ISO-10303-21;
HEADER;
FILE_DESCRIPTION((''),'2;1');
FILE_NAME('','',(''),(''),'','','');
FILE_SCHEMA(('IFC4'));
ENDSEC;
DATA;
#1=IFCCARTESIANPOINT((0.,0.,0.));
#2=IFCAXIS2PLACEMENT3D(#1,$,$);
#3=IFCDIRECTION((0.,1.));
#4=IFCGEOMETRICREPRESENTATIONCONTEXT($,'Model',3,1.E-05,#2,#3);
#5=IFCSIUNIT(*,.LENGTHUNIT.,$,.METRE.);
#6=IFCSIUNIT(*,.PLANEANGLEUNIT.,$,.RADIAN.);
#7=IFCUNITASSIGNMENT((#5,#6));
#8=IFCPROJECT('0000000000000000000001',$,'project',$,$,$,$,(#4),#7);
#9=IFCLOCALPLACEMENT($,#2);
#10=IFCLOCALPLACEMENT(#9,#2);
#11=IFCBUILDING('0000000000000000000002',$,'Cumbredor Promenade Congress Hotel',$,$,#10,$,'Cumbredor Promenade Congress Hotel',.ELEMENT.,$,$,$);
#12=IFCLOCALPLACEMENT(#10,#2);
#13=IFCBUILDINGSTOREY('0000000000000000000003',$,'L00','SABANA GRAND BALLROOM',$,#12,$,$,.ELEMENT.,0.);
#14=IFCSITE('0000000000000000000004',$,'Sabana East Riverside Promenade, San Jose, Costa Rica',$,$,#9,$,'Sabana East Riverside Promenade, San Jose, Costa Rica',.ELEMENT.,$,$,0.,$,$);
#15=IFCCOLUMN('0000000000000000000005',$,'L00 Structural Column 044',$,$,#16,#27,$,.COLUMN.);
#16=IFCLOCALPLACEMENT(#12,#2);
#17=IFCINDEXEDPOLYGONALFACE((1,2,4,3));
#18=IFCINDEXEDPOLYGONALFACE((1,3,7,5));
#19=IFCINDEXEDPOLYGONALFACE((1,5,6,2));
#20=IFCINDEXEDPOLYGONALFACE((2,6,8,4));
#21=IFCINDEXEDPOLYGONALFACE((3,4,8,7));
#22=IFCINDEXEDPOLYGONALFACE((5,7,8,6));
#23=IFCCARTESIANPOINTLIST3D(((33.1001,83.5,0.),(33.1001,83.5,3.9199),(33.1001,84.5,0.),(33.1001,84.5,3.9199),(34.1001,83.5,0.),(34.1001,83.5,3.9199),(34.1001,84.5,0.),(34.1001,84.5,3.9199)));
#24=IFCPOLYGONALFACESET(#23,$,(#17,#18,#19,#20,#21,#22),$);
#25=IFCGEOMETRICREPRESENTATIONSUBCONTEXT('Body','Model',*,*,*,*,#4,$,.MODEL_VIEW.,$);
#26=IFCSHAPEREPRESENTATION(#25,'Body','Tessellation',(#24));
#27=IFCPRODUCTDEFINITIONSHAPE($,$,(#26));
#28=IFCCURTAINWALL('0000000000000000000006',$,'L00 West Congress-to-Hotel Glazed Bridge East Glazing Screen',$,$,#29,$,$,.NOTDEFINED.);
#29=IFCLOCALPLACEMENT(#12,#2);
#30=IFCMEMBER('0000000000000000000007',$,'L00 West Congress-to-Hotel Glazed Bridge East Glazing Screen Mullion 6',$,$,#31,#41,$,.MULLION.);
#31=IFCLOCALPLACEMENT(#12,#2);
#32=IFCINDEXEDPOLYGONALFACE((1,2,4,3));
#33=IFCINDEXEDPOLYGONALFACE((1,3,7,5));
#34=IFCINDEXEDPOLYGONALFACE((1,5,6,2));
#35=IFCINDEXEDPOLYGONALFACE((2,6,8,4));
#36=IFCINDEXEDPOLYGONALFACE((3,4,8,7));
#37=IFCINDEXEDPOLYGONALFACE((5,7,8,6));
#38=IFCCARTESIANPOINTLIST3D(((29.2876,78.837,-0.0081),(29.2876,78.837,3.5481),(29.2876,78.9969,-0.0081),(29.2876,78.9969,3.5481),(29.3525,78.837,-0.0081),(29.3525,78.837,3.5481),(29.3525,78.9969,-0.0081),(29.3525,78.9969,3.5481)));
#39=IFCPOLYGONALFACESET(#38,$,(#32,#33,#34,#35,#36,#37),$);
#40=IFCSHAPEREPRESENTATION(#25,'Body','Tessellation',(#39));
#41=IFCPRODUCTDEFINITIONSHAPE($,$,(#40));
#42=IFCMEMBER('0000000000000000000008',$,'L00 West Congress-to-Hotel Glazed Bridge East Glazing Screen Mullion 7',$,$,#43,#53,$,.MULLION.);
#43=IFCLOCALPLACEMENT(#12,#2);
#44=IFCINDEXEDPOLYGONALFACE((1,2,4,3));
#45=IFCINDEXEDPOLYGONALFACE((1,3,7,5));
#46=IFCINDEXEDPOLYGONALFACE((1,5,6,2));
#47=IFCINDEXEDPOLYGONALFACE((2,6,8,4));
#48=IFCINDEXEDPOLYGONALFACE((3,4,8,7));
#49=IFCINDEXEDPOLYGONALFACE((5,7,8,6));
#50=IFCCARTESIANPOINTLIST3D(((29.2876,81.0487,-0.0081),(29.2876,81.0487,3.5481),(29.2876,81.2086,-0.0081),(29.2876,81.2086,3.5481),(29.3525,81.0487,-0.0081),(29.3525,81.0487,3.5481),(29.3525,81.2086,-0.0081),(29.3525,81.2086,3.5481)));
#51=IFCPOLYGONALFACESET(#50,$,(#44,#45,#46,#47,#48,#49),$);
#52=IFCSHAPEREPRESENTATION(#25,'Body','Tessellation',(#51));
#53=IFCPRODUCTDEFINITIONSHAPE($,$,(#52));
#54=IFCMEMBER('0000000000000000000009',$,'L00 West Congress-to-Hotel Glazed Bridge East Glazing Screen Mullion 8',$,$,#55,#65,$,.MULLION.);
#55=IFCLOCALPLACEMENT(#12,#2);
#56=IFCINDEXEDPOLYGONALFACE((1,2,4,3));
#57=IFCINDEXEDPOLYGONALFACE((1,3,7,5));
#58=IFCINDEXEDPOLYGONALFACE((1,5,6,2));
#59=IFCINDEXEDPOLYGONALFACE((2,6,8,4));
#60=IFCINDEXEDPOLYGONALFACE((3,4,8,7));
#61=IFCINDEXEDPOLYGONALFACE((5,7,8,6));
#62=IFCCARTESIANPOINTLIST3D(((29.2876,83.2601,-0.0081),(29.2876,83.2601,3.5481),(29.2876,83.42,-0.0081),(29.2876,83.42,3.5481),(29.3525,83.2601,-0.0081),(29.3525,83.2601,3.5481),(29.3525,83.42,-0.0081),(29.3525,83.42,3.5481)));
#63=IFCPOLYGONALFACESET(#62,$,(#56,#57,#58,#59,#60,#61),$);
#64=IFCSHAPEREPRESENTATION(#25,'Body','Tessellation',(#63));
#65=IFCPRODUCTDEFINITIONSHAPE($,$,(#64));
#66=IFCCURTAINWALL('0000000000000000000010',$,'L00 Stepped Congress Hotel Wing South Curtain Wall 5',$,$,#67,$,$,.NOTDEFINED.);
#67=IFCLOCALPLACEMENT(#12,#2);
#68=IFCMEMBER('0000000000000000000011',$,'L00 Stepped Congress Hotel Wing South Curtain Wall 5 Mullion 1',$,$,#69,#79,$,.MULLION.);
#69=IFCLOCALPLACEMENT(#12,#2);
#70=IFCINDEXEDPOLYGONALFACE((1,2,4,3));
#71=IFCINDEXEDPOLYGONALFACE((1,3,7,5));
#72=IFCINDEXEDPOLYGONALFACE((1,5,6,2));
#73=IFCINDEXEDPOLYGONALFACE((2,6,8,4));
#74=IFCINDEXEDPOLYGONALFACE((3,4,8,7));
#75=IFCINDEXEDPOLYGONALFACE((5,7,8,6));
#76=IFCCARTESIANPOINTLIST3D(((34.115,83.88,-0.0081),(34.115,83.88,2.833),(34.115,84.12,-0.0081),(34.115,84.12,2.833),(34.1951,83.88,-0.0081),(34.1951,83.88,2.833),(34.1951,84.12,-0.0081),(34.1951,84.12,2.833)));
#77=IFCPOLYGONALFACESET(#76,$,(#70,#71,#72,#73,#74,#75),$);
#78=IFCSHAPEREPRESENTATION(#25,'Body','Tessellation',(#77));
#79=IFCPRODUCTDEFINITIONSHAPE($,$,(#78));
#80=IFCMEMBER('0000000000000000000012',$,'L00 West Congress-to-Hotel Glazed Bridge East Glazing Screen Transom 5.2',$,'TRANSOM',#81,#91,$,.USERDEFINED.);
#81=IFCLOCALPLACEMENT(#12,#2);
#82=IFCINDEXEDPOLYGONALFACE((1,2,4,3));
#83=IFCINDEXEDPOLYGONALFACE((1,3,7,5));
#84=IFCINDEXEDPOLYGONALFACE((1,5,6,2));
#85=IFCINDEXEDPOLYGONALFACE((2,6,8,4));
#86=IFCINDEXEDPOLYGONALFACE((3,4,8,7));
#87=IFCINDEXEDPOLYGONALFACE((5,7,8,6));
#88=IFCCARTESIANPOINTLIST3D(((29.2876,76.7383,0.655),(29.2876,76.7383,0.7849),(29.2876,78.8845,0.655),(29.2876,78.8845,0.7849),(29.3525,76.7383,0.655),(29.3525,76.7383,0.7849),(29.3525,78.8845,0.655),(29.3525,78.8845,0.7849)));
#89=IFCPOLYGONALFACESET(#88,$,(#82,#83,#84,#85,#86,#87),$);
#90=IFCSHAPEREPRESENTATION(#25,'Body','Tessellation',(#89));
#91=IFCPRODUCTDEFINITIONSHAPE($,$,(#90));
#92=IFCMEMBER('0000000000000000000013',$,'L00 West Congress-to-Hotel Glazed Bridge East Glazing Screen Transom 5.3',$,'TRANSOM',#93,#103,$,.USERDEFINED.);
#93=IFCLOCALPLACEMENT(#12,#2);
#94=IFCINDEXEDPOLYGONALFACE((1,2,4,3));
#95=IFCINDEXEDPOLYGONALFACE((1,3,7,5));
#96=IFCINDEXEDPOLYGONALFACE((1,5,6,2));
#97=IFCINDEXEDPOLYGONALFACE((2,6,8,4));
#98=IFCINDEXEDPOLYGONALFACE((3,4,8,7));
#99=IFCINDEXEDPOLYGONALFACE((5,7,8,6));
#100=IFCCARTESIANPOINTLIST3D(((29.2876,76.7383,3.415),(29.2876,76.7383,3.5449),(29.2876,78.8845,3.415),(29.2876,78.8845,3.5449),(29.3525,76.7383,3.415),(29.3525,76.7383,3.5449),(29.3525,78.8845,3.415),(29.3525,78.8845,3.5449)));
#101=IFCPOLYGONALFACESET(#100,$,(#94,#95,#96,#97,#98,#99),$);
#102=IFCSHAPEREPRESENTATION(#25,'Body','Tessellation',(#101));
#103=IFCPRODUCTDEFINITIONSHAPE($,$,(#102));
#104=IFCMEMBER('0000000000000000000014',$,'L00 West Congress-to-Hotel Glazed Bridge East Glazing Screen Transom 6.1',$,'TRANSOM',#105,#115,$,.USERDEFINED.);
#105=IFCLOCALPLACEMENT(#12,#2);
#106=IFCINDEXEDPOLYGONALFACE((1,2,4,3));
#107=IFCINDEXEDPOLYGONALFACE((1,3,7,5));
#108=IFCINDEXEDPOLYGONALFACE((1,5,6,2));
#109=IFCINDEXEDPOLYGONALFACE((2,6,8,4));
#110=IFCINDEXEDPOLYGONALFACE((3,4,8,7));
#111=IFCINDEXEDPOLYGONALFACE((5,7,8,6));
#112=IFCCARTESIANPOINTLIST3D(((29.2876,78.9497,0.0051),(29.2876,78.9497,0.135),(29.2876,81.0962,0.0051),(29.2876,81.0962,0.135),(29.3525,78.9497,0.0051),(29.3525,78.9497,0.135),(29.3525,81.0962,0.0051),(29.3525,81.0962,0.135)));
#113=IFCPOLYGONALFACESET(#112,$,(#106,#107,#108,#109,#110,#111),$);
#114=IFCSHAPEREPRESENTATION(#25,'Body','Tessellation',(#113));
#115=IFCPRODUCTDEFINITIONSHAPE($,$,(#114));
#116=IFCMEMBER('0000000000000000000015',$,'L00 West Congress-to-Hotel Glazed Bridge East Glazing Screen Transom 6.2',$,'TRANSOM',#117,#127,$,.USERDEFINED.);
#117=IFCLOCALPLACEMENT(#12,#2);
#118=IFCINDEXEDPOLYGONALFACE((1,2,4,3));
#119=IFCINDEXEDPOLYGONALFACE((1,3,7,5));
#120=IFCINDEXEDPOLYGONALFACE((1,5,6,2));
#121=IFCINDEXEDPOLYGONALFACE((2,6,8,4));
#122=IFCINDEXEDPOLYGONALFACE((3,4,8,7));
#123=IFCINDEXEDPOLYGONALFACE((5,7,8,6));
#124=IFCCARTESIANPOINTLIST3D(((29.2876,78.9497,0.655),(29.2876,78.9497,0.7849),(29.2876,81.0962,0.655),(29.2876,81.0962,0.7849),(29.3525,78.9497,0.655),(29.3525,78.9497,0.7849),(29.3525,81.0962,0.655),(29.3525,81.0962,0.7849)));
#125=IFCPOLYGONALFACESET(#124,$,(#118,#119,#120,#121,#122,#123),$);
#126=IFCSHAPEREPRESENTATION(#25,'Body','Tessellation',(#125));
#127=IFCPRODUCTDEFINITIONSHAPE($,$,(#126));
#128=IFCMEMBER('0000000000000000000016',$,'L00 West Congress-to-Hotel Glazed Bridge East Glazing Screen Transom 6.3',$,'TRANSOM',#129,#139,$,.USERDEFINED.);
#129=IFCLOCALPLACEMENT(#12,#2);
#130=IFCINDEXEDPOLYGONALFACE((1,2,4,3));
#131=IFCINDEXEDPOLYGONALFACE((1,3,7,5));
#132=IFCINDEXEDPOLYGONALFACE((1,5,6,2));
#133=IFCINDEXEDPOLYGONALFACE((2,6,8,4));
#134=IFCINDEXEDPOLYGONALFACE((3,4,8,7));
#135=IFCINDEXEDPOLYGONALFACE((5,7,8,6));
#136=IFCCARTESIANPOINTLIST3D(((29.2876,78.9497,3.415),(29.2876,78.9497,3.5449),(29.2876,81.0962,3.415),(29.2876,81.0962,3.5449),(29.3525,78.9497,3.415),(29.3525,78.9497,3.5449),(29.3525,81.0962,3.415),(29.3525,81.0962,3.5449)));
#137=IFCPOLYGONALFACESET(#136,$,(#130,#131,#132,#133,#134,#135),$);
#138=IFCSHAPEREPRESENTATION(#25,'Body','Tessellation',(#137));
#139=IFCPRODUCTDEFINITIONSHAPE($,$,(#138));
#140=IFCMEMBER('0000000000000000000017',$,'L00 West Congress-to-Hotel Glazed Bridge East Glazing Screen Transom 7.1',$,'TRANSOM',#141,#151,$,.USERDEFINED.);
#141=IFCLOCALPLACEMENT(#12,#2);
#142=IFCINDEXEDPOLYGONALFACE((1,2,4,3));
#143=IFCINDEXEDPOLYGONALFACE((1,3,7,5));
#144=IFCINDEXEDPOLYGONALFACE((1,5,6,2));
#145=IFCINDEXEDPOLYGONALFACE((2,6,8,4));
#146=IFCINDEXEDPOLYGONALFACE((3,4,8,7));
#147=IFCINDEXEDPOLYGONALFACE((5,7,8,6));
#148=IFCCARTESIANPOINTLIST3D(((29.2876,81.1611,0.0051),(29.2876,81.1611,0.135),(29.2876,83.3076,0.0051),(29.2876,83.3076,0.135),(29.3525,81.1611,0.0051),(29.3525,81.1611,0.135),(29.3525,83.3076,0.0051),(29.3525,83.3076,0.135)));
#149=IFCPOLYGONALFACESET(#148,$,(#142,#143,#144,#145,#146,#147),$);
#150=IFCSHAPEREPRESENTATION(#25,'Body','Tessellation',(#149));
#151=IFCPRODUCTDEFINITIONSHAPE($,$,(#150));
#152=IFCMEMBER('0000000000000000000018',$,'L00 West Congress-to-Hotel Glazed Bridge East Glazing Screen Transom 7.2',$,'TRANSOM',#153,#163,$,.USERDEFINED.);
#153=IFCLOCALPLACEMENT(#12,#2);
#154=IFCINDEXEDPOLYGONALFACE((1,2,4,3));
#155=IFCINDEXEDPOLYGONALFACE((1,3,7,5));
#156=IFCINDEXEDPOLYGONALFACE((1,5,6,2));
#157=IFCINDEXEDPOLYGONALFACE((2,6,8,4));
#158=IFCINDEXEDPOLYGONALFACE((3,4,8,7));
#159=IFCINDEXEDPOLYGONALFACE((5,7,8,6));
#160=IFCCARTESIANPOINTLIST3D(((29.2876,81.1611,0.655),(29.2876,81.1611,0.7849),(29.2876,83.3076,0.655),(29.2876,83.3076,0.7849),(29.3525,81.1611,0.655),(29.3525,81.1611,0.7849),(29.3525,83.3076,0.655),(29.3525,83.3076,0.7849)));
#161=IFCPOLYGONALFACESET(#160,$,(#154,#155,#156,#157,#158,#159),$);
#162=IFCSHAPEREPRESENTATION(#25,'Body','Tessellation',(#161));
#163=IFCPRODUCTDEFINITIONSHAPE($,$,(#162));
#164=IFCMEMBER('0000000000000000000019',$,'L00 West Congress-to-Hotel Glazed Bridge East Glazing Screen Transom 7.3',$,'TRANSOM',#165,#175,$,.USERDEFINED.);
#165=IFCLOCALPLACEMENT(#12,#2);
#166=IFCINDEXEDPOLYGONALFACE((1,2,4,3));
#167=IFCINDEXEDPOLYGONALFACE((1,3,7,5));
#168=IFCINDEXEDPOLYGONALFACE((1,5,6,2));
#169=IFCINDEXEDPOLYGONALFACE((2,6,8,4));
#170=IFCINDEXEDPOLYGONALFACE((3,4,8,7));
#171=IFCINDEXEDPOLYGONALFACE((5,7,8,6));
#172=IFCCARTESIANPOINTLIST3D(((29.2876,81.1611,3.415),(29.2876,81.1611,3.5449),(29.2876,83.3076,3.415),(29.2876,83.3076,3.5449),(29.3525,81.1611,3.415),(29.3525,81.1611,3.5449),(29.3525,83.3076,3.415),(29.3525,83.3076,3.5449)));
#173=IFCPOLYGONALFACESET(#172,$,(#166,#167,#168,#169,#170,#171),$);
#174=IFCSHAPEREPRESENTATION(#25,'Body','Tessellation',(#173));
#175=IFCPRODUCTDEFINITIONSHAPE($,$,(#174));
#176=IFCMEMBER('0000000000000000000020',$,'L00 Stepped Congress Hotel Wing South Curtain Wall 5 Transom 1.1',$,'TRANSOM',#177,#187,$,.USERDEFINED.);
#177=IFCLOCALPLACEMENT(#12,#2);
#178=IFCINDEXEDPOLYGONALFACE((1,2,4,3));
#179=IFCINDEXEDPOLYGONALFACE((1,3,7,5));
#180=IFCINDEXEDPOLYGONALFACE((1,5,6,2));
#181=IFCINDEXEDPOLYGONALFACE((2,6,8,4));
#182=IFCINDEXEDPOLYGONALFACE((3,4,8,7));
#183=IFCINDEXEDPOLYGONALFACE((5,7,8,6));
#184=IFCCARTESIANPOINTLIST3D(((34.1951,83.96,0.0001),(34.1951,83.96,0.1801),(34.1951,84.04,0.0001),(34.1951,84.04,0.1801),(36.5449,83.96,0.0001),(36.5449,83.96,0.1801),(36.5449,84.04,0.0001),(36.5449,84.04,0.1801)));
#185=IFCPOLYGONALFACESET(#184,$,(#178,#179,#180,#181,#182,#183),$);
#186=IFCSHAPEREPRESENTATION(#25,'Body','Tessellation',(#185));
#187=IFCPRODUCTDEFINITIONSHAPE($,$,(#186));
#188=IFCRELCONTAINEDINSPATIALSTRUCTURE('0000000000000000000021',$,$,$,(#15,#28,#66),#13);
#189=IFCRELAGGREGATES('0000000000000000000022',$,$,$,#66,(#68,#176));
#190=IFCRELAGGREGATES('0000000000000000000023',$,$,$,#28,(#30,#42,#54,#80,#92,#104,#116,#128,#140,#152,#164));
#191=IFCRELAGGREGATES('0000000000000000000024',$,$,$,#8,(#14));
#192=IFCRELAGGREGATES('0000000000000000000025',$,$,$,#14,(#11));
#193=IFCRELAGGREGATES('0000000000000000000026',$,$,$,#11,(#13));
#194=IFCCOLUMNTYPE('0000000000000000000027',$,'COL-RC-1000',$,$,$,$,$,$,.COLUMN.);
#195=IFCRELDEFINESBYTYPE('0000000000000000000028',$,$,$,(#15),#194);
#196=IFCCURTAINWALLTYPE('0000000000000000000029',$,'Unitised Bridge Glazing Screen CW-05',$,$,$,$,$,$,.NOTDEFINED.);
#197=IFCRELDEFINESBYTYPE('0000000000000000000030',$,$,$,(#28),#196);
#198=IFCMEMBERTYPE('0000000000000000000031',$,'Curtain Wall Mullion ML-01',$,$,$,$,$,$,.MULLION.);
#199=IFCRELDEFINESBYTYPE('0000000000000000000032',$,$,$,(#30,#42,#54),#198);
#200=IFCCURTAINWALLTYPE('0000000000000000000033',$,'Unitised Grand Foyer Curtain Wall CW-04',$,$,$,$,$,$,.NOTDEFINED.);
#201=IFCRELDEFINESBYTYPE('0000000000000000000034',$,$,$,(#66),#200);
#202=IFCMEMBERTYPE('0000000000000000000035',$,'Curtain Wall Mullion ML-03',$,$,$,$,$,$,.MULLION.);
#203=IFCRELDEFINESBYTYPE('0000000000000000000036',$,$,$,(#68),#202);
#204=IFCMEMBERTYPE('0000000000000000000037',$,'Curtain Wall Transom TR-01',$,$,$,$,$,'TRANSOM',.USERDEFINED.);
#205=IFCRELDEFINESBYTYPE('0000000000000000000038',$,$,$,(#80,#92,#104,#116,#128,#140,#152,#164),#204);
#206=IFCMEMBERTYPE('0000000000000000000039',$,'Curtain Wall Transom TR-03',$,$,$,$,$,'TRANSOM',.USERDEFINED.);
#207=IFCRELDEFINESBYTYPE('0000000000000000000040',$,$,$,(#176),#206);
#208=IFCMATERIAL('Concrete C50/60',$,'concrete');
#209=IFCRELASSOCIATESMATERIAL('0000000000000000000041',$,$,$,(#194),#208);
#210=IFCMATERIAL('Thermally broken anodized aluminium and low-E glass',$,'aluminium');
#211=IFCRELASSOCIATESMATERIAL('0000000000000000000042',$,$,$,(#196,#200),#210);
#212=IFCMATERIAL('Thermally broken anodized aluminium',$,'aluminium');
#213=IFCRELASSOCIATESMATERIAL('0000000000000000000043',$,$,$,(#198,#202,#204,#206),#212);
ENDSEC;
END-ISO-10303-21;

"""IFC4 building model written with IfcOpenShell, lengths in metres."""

from ifc_helpers import new_model, si_unit, direction, frame, origin, origin_2d, place, context, subcontext, project, spatial, rectangle, extrude, material, material_profile, profile_set, type_object, element, aggregate, save


model = new_model("IFC4")

# Units and contexts
model_context = context("Model", 3, precision=1e-05, world=origin(), true_north=direction((0.0, 1.0)))
body_context = subcontext(model_context, "Body", "Model", "MODEL_VIEW")
ifc_project = project(units=[si_unit("LENGTHUNIT", "METRE"), si_unit("PLANEANGLEUNIT", "RADIAN")], contexts=[model_context])

# Site, building, storey
site_placement = place(None, origin())
site = spatial("IfcSite", under=ifc_project, at=site_placement, Name="Sabana East Riverside Promenade, San Jose, Costa Rica", LongName="Sabana East Riverside Promenade, San Jose, Costa Rica", CompositionType="ELEMENT", RefElevation=0.0)
building_placement = place(site_placement, origin())
building = spatial("IfcBuilding", under=site, at=building_placement, Name="Cumbredor Promenade Congress Hotel", LongName="Cumbredor Promenade Congress Hotel", CompositionType="ELEMENT")
storey_placement = place(building_placement, origin())
storey = spatial("IfcBuildingStorey", under=building, at=storey_placement, Name="L00", Description="SABANA GRAND BALLROOM", CompositionType="ELEMENT", Elevation=0.0)

# Column
ifc_material_1 = material(Name="Concrete C50/60", Category="concrete")
ifc_material_profile_1 = material_profile(ifc_material_1, rectangle(XDim=1.0, YDim=1.0, at=origin_2d()), Name="RC 1000x1000")
ifc_profile_set_1 = profile_set([ifc_material_profile_1], Name="Concrete C50/60")
column_type = type_object("IfcColumnType", Name="COL-RC-1000", PredefinedType="COLUMN", material=ifc_profile_set_1)
column_placement = place(storey_placement, frame((33.6001, 84.0, 0.0), z_axis=(0.0, 0.0, 1.0), x_axis=(1.0, 0.0, 0.0)))
element("IfcColumn", 1, at=column_placement, inside=storey, type_object=column_type, Name="L00 Structural Column 044", PredefinedType="COLUMN", context=body_context, shape_type="SweptSolid", body=[
    extrude(rectangle(XDim=1.0, YDim=1.0, at=origin_2d()), origin(), (0.0, 0.0, 1.0), 3.9199),
])

# Curtain wall, members
ifc_material_2 = material(Name="Thermally broken anodized aluminium and low-E glass", Category="aluminium")
curtain_wall_type_1 = type_object("IfcCurtainWallType", Name="Unitised Bridge Glazing Screen CW-05", PredefinedType="NOTDEFINED", material=ifc_material_2)
curtain_wall_1_placement = place(storey_placement, origin())
curtain_wall_1 = element("IfcCurtainWall", 2, at=curtain_wall_1_placement, inside=storey, type_object=curtain_wall_type_1, Name="L00 West Congress-to-Hotel Glazed Bridge East Glazing Screen", PredefinedType="NOTDEFINED")
ifc_material_3 = material(Name="Thermally broken anodized aluminium", Category="aluminium")
ifc_material_profile_2 = material_profile(ifc_material_3, rectangle(XDim=0.0649, YDim=0.1599, at=origin_2d()), Name="ALU MULLION 65x160")
ifc_profile_set_2 = profile_set([ifc_material_profile_2], Name="Thermally broken anodized aluminium")
member_type_1 = type_object("IfcMemberType", Name="Curtain Wall Mullion ML-01", PredefinedType="MULLION", material=ifc_profile_set_2)
member_1_placement = place(storey_placement, frame((29.3201, 78.917, -0.0081), z_axis=(0.0, 0.0, 1.0), x_axis=(1.0, 0.0, 0.0)))
member_1 = element("IfcMember", 3, at=member_1_placement, type_object=member_type_1, Name="L00 West Congress-to-Hotel Glazed Bridge East Glazing Screen Mullion 6", PredefinedType="MULLION", context=body_context, shape_type="SweptSolid", body=[
    extrude(rectangle(XDim=0.0649, YDim=0.1599, at=origin_2d()), origin(), (0.0, 0.0, 1.0), 3.5562),
])
member_2_placement = place(storey_placement, frame((29.3201, 81.1287, -0.0081), z_axis=(0.0, 0.0, 1.0), x_axis=(1.0, 0.0, 0.0)))
member_2 = element("IfcMember", 4, at=member_2_placement, type_object=member_type_1, Name="L00 West Congress-to-Hotel Glazed Bridge East Glazing Screen Mullion 7", PredefinedType="MULLION", context=body_context, shape_type="SweptSolid", body=[
    extrude(rectangle(XDim=0.0649, YDim=0.1599, at=origin_2d()), origin(), (0.0, 0.0, 1.0), 3.5562),
])
member_3_placement = place(storey_placement, frame((29.3201, 83.3401, -0.0081), z_axis=(0.0, 0.0, 1.0), x_axis=(1.0, 0.0, 0.0)))
member_3 = element("IfcMember", 5, at=member_3_placement, type_object=member_type_1, Name="L00 West Congress-to-Hotel Glazed Bridge East Glazing Screen Mullion 8", PredefinedType="MULLION", context=body_context, shape_type="SweptSolid", body=[
    extrude(rectangle(XDim=0.0649, YDim=0.1599, at=origin_2d()), origin(), (0.0, 0.0, 1.0), 3.5562),
])

# Curtain wall, member
curtain_wall_type_2 = type_object("IfcCurtainWallType", Name="Unitised Grand Foyer Curtain Wall CW-04", PredefinedType="NOTDEFINED", material=ifc_material_2)
curtain_wall_2_placement = place(storey_placement, origin())
curtain_wall_2 = element("IfcCurtainWall", 6, at=curtain_wall_2_placement, inside=storey, type_object=curtain_wall_type_2, Name="L00 Stepped Congress Hotel Wing South Curtain Wall 5", PredefinedType="NOTDEFINED")
ifc_material_profile_3 = material_profile(ifc_material_3, rectangle(XDim=0.0801, YDim=0.24, at=origin_2d()), Name="ALU MULLION 80x240")
ifc_profile_set_3 = profile_set([ifc_material_profile_3], Name="Thermally broken anodized aluminium")
member_type_2 = type_object("IfcMemberType", Name="Curtain Wall Mullion ML-03", PredefinedType="MULLION", material=ifc_profile_set_3)
member_4_placement = place(storey_placement, frame((34.155, 84.0, -0.0081), z_axis=(0.0, 0.0, 1.0), x_axis=(1.0, 0.0, 0.0)))
member_4 = element("IfcMember", 7, at=member_4_placement, type_object=member_type_2, Name="L00 Stepped Congress Hotel Wing South Curtain Wall 5 Mullion 1", PredefinedType="MULLION", context=body_context, shape_type="SweptSolid", body=[
    extrude(rectangle(XDim=0.0801, YDim=0.24, at=origin_2d()), origin(), (0.0, 0.0, 1.0), 2.8411),
])

# Members
ifc_material_profile_4 = material_profile(ifc_material_3, rectangle(XDim=0.0649, YDim=0.1299, at=origin_2d()), Name="ALU TRANSOM 65x130")
ifc_profile_set_4 = profile_set([ifc_material_profile_4], Name="Thermally broken anodized aluminium")
member_type_3 = type_object("IfcMemberType", Name="Curtain Wall Transom TR-01", ElementType="TRANSOM", PredefinedType="USERDEFINED", material=ifc_profile_set_4)
member_5_placement = place(storey_placement, frame((29.3201, 76.7383, 0.72), z_axis=(0.0, 1.0, 0.0), x_axis=(-1.0, 0.0, 0.0)))
member_5 = element("IfcMember", 8, at=member_5_placement, type_object=member_type_3, Name="L00 West Congress-to-Hotel Glazed Bridge East Glazing Screen Transom 5.2", ObjectType="TRANSOM", PredefinedType="USERDEFINED", context=body_context, shape_type="SweptSolid", body=[
    extrude(rectangle(XDim=0.0649, YDim=0.1299, at=origin_2d()), origin(), (0.0, 0.0, 1.0), 2.1462),
])
member_6_placement = place(storey_placement, frame((29.3201, 76.7383, 3.48), z_axis=(0.0, 1.0, 0.0), x_axis=(-1.0, 0.0, 0.0)))
member_6 = element("IfcMember", 9, at=member_6_placement, type_object=member_type_3, Name="L00 West Congress-to-Hotel Glazed Bridge East Glazing Screen Transom 5.3", ObjectType="TRANSOM", PredefinedType="USERDEFINED", context=body_context, shape_type="SweptSolid", body=[
    extrude(rectangle(XDim=0.0649, YDim=0.1299, at=origin_2d()), origin(), (0.0, 0.0, 1.0), 2.1462),
])
member_7_placement = place(storey_placement, frame((29.3201, 78.9497, 0.0701), z_axis=(0.0, 1.0, 0.0), x_axis=(-1.0, 0.0, 0.0)))
member_7 = element("IfcMember", 10, at=member_7_placement, type_object=member_type_3, Name="L00 West Congress-to-Hotel Glazed Bridge East Glazing Screen Transom 6.1", ObjectType="TRANSOM", PredefinedType="USERDEFINED", context=body_context, shape_type="SweptSolid", body=[
    extrude(rectangle(XDim=0.0649, YDim=0.1299, at=origin_2d()), origin(), (0.0, 0.0, 1.0), 2.1465),
])
member_8_placement = place(storey_placement, frame((29.3201, 78.9497, 0.72), z_axis=(0.0, 1.0, 0.0), x_axis=(-1.0, 0.0, 0.0)))
member_8 = element("IfcMember", 11, at=member_8_placement, type_object=member_type_3, Name="L00 West Congress-to-Hotel Glazed Bridge East Glazing Screen Transom 6.2", ObjectType="TRANSOM", PredefinedType="USERDEFINED", context=body_context, shape_type="SweptSolid", body=[
    extrude(rectangle(XDim=0.0649, YDim=0.1299, at=origin_2d()), origin(), (0.0, 0.0, 1.0), 2.1465),
])
member_9_placement = place(storey_placement, frame((29.3201, 78.9497, 3.48), z_axis=(0.0, 1.0, 0.0), x_axis=(-1.0, 0.0, 0.0)))
member_9 = element("IfcMember", 12, at=member_9_placement, type_object=member_type_3, Name="L00 West Congress-to-Hotel Glazed Bridge East Glazing Screen Transom 6.3", ObjectType="TRANSOM", PredefinedType="USERDEFINED", context=body_context, shape_type="SweptSolid", body=[
    extrude(rectangle(XDim=0.0649, YDim=0.1299, at=origin_2d()), origin(), (0.0, 0.0, 1.0), 2.1465),
])
member_10_placement = place(storey_placement, frame((29.3201, 81.1611, 0.0701), z_axis=(0.0, 1.0, 0.0), x_axis=(-1.0, 0.0, 0.0)))
member_10 = element("IfcMember", 13, at=member_10_placement, type_object=member_type_3, Name="L00 West Congress-to-Hotel Glazed Bridge East Glazing Screen Transom 7.1", ObjectType="TRANSOM", PredefinedType="USERDEFINED", context=body_context, shape_type="SweptSolid", body=[
    extrude(rectangle(XDim=0.0649, YDim=0.1299, at=origin_2d()), origin(), (0.0, 0.0, 1.0), 2.1465),
])
member_11_placement = place(storey_placement, frame((29.3201, 81.1611, 0.72), z_axis=(0.0, 1.0, 0.0), x_axis=(-1.0, 0.0, 0.0)))
member_11 = element("IfcMember", 14, at=member_11_placement, type_object=member_type_3, Name="L00 West Congress-to-Hotel Glazed Bridge East Glazing Screen Transom 7.2", ObjectType="TRANSOM", PredefinedType="USERDEFINED", context=body_context, shape_type="SweptSolid", body=[
    extrude(rectangle(XDim=0.0649, YDim=0.1299, at=origin_2d()), origin(), (0.0, 0.0, 1.0), 2.1465),
])
member_12_placement = place(storey_placement, frame((29.3201, 81.1611, 3.48), z_axis=(0.0, 1.0, 0.0), x_axis=(-1.0, 0.0, 0.0)))
member_12 = element("IfcMember", 15, at=member_12_placement, type_object=member_type_3, Name="L00 West Congress-to-Hotel Glazed Bridge East Glazing Screen Transom 7.3", ObjectType="TRANSOM", PredefinedType="USERDEFINED", context=body_context, shape_type="SweptSolid", body=[
    extrude(rectangle(XDim=0.0649, YDim=0.1299, at=origin_2d()), origin(), (0.0, 0.0, 1.0), 2.1465),
])
ifc_material_profile_5 = material_profile(ifc_material_3, rectangle(XDim=0.0801, YDim=0.1799, at=origin_2d()), Name="ALU TRANSOM 80x180")
ifc_profile_set_5 = profile_set([ifc_material_profile_5], Name="Thermally broken anodized aluminium")
member_type_4 = type_object("IfcMemberType", Name="Curtain Wall Transom TR-03", ElementType="TRANSOM", PredefinedType="USERDEFINED", material=ifc_profile_set_5)
member_13_placement = place(storey_placement, frame((34.1951, 84.0, 0.0901), z_axis=(1.0, 0.0, 0.0), x_axis=(0.0, 1.0, 0.0)))
member_13 = element("IfcMember", 16, at=member_13_placement, type_object=member_type_4, Name="L00 Stepped Congress Hotel Wing South Curtain Wall 5 Transom 1.1", ObjectType="TRANSOM", PredefinedType="USERDEFINED", context=body_context, shape_type="SweptSolid", body=[
    extrude(rectangle(XDim=0.0801, YDim=0.1799, at=origin_2d()), origin(), (0.0, 0.0, 1.0), 2.3499),
])
aggregate(curtain_wall_2, [member_4, member_13])

aggregate(curtain_wall_1, [member_1, member_2, member_3, member_5, member_6, member_7, member_8, member_9, member_10, member_11, member_12])

save(model, "model.ifc")
